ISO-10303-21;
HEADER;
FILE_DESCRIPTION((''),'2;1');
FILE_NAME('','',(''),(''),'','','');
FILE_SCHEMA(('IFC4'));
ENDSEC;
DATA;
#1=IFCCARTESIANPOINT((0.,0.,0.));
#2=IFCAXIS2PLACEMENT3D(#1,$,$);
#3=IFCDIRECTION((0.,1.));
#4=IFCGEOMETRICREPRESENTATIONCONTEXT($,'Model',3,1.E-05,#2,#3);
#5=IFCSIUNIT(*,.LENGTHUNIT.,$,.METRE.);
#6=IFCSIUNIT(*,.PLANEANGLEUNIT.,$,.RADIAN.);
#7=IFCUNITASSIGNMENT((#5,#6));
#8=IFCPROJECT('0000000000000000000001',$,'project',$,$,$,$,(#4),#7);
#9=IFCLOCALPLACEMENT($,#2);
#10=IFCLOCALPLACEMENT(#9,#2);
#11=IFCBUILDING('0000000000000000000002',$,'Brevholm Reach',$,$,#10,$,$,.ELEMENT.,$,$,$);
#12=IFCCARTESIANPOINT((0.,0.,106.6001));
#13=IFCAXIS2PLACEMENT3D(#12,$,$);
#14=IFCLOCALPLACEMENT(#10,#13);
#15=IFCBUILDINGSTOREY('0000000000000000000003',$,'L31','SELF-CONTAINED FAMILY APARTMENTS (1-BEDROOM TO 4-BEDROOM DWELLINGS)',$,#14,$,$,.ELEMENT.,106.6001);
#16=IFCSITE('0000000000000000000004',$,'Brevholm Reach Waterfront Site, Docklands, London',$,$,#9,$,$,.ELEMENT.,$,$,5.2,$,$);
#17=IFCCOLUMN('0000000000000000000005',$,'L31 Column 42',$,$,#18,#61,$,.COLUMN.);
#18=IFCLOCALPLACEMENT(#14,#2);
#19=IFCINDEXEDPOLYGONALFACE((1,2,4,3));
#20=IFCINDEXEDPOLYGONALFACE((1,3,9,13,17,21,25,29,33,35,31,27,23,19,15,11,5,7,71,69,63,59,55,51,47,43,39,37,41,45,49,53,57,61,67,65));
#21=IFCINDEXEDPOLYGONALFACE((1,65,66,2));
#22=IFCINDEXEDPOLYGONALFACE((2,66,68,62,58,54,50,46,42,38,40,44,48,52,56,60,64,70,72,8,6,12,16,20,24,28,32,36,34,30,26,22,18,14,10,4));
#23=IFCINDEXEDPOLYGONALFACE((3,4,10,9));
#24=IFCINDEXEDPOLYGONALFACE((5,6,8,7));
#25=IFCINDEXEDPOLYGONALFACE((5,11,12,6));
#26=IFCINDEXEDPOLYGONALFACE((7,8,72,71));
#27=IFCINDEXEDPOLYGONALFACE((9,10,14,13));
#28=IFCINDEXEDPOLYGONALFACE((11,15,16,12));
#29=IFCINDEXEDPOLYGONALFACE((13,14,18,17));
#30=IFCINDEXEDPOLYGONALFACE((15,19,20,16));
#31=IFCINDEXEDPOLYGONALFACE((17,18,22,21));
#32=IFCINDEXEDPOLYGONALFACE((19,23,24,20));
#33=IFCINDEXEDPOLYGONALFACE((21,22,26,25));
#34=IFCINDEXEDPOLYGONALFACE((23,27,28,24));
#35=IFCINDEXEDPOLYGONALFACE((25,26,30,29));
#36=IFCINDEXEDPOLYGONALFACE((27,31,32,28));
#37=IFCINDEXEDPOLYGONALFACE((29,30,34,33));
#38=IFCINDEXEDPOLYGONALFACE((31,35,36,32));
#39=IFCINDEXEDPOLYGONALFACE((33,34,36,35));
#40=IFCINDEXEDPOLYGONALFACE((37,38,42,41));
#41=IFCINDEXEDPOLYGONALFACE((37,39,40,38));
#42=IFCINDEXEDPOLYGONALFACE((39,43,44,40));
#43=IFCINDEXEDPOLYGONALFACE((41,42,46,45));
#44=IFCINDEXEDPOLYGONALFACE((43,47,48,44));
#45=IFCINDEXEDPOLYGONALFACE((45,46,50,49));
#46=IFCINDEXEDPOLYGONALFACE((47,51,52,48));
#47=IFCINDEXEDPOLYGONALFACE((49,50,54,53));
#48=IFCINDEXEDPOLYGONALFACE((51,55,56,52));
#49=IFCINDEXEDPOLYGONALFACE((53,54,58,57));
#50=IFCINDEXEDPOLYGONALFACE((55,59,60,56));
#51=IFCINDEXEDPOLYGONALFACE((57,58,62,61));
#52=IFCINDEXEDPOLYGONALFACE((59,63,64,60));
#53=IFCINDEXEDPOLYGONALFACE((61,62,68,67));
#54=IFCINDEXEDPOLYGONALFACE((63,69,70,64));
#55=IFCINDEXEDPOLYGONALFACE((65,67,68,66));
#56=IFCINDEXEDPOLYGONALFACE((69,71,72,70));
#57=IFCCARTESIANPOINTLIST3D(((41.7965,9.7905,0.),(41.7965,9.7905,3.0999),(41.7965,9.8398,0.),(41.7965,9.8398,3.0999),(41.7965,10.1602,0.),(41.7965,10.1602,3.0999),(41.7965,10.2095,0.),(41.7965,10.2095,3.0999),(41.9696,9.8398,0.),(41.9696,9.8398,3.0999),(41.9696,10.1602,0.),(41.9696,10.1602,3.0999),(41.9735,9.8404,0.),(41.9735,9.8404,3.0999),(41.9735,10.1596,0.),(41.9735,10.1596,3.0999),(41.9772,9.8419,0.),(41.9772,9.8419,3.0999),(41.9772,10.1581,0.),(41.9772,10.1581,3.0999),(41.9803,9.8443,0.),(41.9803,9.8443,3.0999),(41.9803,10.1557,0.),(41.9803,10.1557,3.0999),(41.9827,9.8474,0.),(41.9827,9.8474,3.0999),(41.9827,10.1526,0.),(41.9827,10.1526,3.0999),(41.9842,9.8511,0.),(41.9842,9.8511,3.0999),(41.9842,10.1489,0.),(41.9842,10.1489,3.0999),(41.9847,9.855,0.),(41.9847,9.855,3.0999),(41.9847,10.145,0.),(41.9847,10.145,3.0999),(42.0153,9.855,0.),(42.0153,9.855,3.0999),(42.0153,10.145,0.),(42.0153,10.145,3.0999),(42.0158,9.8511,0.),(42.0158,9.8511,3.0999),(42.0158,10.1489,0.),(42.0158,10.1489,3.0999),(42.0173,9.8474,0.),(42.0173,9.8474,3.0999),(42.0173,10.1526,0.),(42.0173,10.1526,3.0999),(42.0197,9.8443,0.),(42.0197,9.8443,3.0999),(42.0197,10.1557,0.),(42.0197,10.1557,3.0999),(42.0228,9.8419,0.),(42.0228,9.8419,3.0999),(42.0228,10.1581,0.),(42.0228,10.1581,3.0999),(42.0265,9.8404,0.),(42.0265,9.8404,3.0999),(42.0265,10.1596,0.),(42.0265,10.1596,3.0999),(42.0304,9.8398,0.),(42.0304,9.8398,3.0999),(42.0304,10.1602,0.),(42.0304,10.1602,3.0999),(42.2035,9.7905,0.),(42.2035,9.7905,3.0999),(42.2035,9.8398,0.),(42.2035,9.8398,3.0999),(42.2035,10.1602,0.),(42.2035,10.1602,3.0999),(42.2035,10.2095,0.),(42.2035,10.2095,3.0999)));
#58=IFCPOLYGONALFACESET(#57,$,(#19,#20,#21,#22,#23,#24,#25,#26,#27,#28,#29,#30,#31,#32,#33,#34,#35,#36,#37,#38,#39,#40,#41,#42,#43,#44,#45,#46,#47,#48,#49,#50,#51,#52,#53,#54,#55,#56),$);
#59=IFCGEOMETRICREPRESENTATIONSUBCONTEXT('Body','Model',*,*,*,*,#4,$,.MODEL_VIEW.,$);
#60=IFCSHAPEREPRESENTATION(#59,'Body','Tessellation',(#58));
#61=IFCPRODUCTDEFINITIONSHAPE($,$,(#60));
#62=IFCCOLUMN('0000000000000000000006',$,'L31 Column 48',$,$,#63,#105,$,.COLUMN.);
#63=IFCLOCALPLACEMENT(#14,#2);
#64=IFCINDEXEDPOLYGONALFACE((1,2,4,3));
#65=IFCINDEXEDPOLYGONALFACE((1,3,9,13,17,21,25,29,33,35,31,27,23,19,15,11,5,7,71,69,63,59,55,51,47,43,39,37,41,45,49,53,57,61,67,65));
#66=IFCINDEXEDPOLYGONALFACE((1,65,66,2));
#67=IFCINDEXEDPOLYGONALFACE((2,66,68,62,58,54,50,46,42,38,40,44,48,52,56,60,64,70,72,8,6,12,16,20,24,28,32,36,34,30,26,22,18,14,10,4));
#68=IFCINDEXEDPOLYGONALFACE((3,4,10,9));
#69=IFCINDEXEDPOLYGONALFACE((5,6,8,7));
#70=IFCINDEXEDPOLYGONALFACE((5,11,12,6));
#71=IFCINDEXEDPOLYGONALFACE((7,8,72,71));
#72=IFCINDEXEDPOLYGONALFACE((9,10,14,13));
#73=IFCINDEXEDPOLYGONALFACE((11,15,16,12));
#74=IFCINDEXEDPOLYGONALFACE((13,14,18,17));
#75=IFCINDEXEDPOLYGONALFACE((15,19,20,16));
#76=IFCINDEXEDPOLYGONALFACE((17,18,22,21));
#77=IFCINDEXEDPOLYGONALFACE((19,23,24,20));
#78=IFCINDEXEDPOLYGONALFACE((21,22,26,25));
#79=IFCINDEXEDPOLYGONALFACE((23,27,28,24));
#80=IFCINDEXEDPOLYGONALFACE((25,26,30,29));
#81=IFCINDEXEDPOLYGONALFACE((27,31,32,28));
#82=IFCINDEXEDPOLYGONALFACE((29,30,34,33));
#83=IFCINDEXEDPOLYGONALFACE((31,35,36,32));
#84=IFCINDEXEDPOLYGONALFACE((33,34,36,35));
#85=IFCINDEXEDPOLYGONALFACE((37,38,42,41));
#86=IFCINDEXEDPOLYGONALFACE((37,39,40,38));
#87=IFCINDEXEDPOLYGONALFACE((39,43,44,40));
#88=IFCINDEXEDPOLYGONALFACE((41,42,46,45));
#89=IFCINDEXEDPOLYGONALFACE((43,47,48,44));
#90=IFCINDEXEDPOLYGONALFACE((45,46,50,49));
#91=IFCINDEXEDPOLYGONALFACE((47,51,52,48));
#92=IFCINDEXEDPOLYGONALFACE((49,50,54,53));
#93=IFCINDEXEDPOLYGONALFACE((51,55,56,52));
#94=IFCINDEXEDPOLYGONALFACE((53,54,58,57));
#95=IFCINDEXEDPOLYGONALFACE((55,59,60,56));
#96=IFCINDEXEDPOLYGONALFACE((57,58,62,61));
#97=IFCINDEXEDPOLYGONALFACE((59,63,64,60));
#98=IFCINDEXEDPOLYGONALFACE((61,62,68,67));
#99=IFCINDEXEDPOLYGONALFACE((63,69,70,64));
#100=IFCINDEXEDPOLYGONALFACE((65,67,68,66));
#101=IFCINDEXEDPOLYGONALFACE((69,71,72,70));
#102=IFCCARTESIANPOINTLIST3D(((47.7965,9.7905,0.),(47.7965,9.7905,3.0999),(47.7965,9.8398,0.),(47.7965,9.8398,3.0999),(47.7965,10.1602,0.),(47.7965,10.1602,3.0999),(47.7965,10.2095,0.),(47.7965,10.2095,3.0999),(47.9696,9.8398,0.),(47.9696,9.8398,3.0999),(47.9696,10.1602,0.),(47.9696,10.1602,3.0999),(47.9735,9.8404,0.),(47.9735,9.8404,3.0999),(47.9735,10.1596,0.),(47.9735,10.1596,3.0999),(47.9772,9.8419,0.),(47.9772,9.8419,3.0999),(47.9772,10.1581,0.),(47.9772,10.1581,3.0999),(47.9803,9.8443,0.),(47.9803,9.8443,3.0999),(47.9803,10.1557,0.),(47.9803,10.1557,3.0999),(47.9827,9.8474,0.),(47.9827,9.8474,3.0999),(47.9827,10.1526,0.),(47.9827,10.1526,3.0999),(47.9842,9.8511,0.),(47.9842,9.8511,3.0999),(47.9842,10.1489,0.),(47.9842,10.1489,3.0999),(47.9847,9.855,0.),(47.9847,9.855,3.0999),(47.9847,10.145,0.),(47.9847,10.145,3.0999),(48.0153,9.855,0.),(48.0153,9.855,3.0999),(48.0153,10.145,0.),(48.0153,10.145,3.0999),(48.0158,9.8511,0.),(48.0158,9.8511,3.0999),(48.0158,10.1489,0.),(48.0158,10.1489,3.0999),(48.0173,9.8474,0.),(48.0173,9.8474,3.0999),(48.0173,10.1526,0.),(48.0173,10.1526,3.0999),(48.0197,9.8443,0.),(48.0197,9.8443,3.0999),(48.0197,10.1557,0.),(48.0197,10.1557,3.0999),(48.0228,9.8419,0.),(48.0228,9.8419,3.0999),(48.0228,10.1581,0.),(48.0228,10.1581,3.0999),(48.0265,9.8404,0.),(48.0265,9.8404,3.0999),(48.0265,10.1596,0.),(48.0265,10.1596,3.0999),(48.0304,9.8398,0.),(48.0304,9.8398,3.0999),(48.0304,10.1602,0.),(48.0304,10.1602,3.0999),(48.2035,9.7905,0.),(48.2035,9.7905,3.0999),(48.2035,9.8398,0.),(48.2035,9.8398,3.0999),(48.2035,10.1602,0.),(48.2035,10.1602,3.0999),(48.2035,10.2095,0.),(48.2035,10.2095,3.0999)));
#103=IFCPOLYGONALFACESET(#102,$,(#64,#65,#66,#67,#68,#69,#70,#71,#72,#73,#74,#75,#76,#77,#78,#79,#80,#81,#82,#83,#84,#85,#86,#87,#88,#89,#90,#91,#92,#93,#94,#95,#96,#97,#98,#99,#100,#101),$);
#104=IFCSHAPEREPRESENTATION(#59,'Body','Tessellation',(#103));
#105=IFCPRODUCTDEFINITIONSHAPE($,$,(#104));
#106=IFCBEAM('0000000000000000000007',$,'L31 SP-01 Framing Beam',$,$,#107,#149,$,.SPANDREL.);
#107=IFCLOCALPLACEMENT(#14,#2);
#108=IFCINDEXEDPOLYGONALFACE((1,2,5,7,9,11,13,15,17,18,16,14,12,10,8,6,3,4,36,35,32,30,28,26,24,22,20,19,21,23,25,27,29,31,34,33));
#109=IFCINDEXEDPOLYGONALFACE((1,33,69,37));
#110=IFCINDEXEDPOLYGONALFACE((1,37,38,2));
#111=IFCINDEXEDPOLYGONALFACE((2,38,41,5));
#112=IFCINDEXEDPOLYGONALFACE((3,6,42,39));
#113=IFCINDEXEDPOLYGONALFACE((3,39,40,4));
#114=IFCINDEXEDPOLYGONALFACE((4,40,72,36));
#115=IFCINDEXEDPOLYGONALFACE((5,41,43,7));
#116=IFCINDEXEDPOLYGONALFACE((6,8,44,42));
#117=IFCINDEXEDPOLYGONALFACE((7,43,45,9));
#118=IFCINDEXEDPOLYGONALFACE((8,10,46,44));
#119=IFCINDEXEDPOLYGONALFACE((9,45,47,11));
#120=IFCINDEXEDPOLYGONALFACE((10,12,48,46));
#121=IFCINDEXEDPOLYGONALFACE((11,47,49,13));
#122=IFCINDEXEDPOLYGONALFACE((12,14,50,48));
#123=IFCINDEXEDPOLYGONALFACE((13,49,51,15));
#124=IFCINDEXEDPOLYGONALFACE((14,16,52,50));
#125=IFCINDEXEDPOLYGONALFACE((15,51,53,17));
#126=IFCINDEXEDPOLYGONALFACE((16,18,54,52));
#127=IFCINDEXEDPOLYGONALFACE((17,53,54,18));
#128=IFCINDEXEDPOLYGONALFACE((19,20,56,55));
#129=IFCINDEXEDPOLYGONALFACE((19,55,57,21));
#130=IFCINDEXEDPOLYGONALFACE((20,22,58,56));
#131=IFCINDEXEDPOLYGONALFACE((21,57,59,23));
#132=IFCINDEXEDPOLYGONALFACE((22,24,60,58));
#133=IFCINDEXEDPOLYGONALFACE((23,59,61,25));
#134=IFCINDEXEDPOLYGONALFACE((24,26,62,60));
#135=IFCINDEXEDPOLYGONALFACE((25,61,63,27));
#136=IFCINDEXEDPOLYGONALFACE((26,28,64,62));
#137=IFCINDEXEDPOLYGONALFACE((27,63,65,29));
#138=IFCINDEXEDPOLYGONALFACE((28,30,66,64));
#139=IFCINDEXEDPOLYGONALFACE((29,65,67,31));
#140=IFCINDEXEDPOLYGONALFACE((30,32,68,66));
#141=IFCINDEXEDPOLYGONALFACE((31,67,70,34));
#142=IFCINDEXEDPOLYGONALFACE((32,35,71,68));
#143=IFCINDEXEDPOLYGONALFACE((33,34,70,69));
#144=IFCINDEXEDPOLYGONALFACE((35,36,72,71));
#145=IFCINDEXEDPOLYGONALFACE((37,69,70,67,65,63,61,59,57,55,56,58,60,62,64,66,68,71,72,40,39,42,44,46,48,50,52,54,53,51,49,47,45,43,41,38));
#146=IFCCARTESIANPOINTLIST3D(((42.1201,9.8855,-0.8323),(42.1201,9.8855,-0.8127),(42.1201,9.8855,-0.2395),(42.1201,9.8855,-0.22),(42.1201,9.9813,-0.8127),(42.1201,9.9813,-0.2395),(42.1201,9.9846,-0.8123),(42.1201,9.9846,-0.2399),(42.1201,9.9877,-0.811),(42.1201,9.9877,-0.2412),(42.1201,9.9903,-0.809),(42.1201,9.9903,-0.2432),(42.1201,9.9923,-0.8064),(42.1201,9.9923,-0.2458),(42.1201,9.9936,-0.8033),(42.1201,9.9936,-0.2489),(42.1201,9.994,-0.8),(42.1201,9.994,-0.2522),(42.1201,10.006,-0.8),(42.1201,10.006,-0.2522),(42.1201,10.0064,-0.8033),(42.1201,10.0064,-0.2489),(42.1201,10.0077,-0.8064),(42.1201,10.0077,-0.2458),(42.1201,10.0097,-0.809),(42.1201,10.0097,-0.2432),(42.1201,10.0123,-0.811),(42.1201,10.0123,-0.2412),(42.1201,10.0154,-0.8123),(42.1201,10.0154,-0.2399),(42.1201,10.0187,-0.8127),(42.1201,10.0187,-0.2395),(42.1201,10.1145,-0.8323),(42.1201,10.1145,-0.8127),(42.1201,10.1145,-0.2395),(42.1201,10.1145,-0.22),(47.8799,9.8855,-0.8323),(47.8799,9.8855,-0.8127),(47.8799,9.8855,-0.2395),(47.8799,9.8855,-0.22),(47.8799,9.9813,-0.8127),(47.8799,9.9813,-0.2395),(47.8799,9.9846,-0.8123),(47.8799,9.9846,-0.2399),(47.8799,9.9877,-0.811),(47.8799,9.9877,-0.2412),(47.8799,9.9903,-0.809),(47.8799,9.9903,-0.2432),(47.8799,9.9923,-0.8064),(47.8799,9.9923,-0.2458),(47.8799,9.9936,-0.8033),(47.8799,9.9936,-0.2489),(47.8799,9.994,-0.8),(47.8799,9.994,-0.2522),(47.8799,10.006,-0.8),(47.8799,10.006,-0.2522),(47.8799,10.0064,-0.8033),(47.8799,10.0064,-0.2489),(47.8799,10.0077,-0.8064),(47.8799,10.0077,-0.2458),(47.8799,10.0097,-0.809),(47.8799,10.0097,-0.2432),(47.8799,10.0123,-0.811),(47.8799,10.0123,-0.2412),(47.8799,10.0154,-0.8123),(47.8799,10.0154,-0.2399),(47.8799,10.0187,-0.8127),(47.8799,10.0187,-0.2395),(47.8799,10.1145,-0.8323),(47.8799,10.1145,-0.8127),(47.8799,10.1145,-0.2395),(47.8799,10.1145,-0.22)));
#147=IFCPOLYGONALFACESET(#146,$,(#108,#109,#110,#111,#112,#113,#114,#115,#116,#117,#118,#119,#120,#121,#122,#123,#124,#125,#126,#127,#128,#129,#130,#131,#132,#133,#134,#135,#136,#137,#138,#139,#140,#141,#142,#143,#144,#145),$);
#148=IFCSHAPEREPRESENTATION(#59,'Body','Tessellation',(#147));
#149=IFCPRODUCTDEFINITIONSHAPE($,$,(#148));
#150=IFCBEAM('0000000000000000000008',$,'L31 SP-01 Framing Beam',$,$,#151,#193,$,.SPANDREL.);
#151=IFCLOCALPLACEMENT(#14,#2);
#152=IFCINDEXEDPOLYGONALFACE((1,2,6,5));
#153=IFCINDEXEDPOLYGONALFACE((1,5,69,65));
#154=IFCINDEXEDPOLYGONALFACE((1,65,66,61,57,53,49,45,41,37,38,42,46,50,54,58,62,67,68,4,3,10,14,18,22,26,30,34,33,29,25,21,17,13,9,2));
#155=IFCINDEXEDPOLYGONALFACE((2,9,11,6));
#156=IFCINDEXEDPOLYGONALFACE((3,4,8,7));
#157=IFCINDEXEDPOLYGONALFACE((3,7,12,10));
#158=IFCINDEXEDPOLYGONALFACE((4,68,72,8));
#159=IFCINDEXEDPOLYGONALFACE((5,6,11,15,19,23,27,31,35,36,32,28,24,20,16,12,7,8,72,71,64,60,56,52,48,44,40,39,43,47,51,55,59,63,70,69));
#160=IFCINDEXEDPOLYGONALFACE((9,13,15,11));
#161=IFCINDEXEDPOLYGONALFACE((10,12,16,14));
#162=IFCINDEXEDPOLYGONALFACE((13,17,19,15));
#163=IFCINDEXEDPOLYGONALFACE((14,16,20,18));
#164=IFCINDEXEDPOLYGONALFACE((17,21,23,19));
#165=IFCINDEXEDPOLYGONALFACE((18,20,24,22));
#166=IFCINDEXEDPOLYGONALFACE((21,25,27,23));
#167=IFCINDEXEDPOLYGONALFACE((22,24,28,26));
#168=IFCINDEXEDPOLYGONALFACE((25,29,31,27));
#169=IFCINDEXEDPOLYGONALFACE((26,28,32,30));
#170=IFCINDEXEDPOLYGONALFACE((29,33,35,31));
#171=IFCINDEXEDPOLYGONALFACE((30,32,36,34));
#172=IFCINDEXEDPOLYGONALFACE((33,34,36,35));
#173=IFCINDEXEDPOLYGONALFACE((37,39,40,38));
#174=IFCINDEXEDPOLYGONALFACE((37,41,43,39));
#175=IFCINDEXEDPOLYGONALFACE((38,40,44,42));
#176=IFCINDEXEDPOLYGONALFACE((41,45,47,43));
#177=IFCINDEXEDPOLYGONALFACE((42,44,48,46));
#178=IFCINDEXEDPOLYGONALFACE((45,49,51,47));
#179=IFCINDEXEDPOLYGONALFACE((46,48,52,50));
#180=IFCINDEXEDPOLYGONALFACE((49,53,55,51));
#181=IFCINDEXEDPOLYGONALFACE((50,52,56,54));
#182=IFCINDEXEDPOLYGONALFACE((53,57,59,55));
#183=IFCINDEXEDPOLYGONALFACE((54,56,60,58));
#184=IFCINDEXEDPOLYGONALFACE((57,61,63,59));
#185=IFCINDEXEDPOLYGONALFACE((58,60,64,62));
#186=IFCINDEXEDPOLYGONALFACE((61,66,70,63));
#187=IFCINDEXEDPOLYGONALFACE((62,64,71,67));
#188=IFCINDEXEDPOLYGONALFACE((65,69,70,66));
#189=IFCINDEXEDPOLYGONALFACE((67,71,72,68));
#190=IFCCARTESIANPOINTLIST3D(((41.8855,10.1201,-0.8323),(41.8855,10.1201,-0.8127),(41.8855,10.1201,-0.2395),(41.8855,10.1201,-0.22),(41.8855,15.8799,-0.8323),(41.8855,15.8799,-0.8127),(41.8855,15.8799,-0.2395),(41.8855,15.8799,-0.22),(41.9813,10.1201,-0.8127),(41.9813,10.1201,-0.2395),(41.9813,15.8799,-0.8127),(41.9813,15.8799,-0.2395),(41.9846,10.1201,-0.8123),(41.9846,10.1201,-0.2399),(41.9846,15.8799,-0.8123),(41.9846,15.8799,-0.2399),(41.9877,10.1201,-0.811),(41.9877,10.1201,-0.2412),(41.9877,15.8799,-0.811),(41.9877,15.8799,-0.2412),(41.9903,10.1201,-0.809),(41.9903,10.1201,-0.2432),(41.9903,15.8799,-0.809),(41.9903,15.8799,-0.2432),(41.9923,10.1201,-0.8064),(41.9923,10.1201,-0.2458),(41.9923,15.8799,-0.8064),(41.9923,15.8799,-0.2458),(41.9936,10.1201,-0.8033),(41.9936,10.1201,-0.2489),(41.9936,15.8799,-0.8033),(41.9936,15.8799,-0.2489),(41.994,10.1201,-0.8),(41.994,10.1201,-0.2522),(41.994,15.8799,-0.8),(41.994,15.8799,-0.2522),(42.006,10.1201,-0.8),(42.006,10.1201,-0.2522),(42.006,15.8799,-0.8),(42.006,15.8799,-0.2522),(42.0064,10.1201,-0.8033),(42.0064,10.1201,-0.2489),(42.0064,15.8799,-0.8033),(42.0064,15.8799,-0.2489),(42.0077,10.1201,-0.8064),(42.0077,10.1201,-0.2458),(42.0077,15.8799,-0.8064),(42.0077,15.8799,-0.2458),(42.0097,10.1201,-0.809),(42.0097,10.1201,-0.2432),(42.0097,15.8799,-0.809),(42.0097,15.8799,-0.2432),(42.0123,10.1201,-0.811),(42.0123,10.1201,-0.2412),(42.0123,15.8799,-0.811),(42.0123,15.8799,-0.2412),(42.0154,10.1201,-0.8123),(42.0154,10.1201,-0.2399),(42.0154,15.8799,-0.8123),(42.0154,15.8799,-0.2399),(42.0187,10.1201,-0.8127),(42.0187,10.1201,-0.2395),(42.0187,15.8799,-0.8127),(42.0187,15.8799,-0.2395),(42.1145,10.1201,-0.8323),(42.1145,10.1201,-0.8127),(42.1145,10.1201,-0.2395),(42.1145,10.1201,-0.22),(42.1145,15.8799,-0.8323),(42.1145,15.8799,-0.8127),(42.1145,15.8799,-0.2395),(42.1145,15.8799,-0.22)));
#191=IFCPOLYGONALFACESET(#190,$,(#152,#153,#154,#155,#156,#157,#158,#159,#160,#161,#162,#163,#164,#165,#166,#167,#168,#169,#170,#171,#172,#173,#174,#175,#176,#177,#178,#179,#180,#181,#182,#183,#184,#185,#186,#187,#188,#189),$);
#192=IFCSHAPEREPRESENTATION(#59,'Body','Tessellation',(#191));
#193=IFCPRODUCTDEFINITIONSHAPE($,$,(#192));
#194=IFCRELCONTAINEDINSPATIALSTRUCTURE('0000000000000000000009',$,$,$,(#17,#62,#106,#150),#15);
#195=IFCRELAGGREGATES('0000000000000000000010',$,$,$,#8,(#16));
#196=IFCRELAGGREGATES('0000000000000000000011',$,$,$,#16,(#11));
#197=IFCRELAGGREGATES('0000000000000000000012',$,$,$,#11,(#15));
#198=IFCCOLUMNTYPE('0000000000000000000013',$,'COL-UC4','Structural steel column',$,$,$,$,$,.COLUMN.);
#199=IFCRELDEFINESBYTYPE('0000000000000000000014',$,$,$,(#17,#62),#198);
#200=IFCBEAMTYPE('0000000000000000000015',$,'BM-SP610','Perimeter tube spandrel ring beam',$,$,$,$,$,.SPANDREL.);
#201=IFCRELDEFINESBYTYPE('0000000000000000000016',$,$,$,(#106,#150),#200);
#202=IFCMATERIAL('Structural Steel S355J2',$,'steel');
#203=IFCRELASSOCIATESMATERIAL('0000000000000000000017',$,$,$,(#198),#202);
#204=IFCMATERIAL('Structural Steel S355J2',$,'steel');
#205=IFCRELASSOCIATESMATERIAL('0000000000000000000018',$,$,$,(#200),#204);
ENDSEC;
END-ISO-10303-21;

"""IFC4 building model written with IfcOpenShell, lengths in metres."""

from ifc_helpers import new_model, si_unit, direction, frame, origin, origin_2d, place, context, subcontext, project, spatial, i_section, extrude, material, material_profile, profile_set, type_object, element, save


model = new_model("IFC4")

# Units and contexts
model_context = context("Model", 3, precision=1e-05, world=origin(), true_north=direction((0.0, 1.0)))
body_context = subcontext(model_context, "Body", "Model", "MODEL_VIEW")
ifc_project = project(units=[si_unit("LENGTHUNIT", "METRE"), si_unit("PLANEANGLEUNIT", "RADIAN")], contexts=[model_context])

# Site, building, storey
site_placement = place(None, origin())
site = spatial("IfcSite", under=ifc_project, at=site_placement, Name="Brevholm Reach Waterfront Site, Docklands, London", CompositionType="ELEMENT", RefElevation=5.2)
building_placement = place(site_placement, origin())
building = spatial("IfcBuilding", under=site, at=building_placement, Name="Brevholm Reach", CompositionType="ELEMENT")
storey_placement = place(building_placement, frame((0.0, 0.0, 106.6001)))
storey = spatial("IfcBuildingStorey", under=building, at=storey_placement, Name="L31", Description="SELF-CONTAINED FAMILY APARTMENTS (1-BEDROOM TO 4-BEDROOM DWELLINGS)", CompositionType="ELEMENT", Elevation=106.6001)

# Columns
ifc_material_1 = material(Name="Structural Steel S355J2", Category="steel")
ifc_material_profile_1 = material_profile(ifc_material_1, i_section(OverallWidth=0.407, OverallDepth=0.4189, WebThickness=0.0305, FlangeThickness=0.0493, FilletRadius=0.0151, at=origin_2d()), Name="UKC 356x406x393")
ifc_profile_set_1 = profile_set([ifc_material_profile_1], Name="Structural Steel S355J2")
column_type = type_object("IfcColumnType", Name="COL-UC4", Description="Structural steel column", PredefinedType="COLUMN", material=ifc_profile_set_1)
for number, where, z_axis, x_axis, name in (
    (1, (42.0, 10.0, 0.0), (0.0, 0.0, 1.0), (1.0, 0.0, 0.0), "L31 Column 42"),
    (2, (48.0, 10.0, 0.0), (0.0, 0.0, 1.0), (1.0, 0.0, 0.0), "L31 Column 48"),
):
    element("IfcColumn", number, at=place(storey_placement, frame(where, z_axis=z_axis, x_axis=x_axis)), inside=storey, type_object=column_type, Name=name, PredefinedType="COLUMN", context=body_context, shape_type="SweptSolid", body=[
        extrude(i_section(OverallWidth=0.407, OverallDepth=0.4189, WebThickness=0.0305, FlangeThickness=0.0493, FilletRadius=0.0151, at=origin_2d()), origin(), (0.0, 0.0, 1.0), 3.0999),
    ])

# Beams
ifc_material_2 = material(Name="Structural Steel S355J2", Category="steel")
ifc_material_profile_2 = material_profile(ifc_material_2, i_section(OverallWidth=0.229, OverallDepth=0.6123, WebThickness=0.012, FlangeThickness=0.0195, FilletRadius=0.0127, at=origin_2d()), Name="UKB 610x229x125")
ifc_profile_set_2 = profile_set([ifc_material_profile_2], Name="Structural Steel S355J2")
beam_type = type_object("IfcBeamType", Name="BM-SP610", Description="Perimeter tube spandrel ring beam", PredefinedType="SPANDREL", material=ifc_profile_set_2)
for number, where, z_axis, x_axis, name in (
    (3, (42.1201, 10.0, -0.5261), (1.0, 0.0, 0.0), (0.0, 1.0, 0.0), "L31 SP-01 Framing Beam"),
    (4, (42.0, 10.1201, -0.5261), (0.0, 1.0, 0.0), (-1.0, 0.0, 0.0), "L31 SP-01 Framing Beam"),
):
    element("IfcBeam", number, at=place(storey_placement, frame(where, z_axis=z_axis, x_axis=x_axis)), inside=storey, type_object=beam_type, Name=name, PredefinedType="SPANDREL", context=body_context, shape_type="SweptSolid", body=[
        extrude(i_section(OverallWidth=0.229, OverallDepth=0.6123, WebThickness=0.012, FlangeThickness=0.0195, FilletRadius=0.0127, at=origin_2d()), origin(), (0.0, 0.0, 1.0), 5.7598),
    ])

save(model, "model.ifc")
